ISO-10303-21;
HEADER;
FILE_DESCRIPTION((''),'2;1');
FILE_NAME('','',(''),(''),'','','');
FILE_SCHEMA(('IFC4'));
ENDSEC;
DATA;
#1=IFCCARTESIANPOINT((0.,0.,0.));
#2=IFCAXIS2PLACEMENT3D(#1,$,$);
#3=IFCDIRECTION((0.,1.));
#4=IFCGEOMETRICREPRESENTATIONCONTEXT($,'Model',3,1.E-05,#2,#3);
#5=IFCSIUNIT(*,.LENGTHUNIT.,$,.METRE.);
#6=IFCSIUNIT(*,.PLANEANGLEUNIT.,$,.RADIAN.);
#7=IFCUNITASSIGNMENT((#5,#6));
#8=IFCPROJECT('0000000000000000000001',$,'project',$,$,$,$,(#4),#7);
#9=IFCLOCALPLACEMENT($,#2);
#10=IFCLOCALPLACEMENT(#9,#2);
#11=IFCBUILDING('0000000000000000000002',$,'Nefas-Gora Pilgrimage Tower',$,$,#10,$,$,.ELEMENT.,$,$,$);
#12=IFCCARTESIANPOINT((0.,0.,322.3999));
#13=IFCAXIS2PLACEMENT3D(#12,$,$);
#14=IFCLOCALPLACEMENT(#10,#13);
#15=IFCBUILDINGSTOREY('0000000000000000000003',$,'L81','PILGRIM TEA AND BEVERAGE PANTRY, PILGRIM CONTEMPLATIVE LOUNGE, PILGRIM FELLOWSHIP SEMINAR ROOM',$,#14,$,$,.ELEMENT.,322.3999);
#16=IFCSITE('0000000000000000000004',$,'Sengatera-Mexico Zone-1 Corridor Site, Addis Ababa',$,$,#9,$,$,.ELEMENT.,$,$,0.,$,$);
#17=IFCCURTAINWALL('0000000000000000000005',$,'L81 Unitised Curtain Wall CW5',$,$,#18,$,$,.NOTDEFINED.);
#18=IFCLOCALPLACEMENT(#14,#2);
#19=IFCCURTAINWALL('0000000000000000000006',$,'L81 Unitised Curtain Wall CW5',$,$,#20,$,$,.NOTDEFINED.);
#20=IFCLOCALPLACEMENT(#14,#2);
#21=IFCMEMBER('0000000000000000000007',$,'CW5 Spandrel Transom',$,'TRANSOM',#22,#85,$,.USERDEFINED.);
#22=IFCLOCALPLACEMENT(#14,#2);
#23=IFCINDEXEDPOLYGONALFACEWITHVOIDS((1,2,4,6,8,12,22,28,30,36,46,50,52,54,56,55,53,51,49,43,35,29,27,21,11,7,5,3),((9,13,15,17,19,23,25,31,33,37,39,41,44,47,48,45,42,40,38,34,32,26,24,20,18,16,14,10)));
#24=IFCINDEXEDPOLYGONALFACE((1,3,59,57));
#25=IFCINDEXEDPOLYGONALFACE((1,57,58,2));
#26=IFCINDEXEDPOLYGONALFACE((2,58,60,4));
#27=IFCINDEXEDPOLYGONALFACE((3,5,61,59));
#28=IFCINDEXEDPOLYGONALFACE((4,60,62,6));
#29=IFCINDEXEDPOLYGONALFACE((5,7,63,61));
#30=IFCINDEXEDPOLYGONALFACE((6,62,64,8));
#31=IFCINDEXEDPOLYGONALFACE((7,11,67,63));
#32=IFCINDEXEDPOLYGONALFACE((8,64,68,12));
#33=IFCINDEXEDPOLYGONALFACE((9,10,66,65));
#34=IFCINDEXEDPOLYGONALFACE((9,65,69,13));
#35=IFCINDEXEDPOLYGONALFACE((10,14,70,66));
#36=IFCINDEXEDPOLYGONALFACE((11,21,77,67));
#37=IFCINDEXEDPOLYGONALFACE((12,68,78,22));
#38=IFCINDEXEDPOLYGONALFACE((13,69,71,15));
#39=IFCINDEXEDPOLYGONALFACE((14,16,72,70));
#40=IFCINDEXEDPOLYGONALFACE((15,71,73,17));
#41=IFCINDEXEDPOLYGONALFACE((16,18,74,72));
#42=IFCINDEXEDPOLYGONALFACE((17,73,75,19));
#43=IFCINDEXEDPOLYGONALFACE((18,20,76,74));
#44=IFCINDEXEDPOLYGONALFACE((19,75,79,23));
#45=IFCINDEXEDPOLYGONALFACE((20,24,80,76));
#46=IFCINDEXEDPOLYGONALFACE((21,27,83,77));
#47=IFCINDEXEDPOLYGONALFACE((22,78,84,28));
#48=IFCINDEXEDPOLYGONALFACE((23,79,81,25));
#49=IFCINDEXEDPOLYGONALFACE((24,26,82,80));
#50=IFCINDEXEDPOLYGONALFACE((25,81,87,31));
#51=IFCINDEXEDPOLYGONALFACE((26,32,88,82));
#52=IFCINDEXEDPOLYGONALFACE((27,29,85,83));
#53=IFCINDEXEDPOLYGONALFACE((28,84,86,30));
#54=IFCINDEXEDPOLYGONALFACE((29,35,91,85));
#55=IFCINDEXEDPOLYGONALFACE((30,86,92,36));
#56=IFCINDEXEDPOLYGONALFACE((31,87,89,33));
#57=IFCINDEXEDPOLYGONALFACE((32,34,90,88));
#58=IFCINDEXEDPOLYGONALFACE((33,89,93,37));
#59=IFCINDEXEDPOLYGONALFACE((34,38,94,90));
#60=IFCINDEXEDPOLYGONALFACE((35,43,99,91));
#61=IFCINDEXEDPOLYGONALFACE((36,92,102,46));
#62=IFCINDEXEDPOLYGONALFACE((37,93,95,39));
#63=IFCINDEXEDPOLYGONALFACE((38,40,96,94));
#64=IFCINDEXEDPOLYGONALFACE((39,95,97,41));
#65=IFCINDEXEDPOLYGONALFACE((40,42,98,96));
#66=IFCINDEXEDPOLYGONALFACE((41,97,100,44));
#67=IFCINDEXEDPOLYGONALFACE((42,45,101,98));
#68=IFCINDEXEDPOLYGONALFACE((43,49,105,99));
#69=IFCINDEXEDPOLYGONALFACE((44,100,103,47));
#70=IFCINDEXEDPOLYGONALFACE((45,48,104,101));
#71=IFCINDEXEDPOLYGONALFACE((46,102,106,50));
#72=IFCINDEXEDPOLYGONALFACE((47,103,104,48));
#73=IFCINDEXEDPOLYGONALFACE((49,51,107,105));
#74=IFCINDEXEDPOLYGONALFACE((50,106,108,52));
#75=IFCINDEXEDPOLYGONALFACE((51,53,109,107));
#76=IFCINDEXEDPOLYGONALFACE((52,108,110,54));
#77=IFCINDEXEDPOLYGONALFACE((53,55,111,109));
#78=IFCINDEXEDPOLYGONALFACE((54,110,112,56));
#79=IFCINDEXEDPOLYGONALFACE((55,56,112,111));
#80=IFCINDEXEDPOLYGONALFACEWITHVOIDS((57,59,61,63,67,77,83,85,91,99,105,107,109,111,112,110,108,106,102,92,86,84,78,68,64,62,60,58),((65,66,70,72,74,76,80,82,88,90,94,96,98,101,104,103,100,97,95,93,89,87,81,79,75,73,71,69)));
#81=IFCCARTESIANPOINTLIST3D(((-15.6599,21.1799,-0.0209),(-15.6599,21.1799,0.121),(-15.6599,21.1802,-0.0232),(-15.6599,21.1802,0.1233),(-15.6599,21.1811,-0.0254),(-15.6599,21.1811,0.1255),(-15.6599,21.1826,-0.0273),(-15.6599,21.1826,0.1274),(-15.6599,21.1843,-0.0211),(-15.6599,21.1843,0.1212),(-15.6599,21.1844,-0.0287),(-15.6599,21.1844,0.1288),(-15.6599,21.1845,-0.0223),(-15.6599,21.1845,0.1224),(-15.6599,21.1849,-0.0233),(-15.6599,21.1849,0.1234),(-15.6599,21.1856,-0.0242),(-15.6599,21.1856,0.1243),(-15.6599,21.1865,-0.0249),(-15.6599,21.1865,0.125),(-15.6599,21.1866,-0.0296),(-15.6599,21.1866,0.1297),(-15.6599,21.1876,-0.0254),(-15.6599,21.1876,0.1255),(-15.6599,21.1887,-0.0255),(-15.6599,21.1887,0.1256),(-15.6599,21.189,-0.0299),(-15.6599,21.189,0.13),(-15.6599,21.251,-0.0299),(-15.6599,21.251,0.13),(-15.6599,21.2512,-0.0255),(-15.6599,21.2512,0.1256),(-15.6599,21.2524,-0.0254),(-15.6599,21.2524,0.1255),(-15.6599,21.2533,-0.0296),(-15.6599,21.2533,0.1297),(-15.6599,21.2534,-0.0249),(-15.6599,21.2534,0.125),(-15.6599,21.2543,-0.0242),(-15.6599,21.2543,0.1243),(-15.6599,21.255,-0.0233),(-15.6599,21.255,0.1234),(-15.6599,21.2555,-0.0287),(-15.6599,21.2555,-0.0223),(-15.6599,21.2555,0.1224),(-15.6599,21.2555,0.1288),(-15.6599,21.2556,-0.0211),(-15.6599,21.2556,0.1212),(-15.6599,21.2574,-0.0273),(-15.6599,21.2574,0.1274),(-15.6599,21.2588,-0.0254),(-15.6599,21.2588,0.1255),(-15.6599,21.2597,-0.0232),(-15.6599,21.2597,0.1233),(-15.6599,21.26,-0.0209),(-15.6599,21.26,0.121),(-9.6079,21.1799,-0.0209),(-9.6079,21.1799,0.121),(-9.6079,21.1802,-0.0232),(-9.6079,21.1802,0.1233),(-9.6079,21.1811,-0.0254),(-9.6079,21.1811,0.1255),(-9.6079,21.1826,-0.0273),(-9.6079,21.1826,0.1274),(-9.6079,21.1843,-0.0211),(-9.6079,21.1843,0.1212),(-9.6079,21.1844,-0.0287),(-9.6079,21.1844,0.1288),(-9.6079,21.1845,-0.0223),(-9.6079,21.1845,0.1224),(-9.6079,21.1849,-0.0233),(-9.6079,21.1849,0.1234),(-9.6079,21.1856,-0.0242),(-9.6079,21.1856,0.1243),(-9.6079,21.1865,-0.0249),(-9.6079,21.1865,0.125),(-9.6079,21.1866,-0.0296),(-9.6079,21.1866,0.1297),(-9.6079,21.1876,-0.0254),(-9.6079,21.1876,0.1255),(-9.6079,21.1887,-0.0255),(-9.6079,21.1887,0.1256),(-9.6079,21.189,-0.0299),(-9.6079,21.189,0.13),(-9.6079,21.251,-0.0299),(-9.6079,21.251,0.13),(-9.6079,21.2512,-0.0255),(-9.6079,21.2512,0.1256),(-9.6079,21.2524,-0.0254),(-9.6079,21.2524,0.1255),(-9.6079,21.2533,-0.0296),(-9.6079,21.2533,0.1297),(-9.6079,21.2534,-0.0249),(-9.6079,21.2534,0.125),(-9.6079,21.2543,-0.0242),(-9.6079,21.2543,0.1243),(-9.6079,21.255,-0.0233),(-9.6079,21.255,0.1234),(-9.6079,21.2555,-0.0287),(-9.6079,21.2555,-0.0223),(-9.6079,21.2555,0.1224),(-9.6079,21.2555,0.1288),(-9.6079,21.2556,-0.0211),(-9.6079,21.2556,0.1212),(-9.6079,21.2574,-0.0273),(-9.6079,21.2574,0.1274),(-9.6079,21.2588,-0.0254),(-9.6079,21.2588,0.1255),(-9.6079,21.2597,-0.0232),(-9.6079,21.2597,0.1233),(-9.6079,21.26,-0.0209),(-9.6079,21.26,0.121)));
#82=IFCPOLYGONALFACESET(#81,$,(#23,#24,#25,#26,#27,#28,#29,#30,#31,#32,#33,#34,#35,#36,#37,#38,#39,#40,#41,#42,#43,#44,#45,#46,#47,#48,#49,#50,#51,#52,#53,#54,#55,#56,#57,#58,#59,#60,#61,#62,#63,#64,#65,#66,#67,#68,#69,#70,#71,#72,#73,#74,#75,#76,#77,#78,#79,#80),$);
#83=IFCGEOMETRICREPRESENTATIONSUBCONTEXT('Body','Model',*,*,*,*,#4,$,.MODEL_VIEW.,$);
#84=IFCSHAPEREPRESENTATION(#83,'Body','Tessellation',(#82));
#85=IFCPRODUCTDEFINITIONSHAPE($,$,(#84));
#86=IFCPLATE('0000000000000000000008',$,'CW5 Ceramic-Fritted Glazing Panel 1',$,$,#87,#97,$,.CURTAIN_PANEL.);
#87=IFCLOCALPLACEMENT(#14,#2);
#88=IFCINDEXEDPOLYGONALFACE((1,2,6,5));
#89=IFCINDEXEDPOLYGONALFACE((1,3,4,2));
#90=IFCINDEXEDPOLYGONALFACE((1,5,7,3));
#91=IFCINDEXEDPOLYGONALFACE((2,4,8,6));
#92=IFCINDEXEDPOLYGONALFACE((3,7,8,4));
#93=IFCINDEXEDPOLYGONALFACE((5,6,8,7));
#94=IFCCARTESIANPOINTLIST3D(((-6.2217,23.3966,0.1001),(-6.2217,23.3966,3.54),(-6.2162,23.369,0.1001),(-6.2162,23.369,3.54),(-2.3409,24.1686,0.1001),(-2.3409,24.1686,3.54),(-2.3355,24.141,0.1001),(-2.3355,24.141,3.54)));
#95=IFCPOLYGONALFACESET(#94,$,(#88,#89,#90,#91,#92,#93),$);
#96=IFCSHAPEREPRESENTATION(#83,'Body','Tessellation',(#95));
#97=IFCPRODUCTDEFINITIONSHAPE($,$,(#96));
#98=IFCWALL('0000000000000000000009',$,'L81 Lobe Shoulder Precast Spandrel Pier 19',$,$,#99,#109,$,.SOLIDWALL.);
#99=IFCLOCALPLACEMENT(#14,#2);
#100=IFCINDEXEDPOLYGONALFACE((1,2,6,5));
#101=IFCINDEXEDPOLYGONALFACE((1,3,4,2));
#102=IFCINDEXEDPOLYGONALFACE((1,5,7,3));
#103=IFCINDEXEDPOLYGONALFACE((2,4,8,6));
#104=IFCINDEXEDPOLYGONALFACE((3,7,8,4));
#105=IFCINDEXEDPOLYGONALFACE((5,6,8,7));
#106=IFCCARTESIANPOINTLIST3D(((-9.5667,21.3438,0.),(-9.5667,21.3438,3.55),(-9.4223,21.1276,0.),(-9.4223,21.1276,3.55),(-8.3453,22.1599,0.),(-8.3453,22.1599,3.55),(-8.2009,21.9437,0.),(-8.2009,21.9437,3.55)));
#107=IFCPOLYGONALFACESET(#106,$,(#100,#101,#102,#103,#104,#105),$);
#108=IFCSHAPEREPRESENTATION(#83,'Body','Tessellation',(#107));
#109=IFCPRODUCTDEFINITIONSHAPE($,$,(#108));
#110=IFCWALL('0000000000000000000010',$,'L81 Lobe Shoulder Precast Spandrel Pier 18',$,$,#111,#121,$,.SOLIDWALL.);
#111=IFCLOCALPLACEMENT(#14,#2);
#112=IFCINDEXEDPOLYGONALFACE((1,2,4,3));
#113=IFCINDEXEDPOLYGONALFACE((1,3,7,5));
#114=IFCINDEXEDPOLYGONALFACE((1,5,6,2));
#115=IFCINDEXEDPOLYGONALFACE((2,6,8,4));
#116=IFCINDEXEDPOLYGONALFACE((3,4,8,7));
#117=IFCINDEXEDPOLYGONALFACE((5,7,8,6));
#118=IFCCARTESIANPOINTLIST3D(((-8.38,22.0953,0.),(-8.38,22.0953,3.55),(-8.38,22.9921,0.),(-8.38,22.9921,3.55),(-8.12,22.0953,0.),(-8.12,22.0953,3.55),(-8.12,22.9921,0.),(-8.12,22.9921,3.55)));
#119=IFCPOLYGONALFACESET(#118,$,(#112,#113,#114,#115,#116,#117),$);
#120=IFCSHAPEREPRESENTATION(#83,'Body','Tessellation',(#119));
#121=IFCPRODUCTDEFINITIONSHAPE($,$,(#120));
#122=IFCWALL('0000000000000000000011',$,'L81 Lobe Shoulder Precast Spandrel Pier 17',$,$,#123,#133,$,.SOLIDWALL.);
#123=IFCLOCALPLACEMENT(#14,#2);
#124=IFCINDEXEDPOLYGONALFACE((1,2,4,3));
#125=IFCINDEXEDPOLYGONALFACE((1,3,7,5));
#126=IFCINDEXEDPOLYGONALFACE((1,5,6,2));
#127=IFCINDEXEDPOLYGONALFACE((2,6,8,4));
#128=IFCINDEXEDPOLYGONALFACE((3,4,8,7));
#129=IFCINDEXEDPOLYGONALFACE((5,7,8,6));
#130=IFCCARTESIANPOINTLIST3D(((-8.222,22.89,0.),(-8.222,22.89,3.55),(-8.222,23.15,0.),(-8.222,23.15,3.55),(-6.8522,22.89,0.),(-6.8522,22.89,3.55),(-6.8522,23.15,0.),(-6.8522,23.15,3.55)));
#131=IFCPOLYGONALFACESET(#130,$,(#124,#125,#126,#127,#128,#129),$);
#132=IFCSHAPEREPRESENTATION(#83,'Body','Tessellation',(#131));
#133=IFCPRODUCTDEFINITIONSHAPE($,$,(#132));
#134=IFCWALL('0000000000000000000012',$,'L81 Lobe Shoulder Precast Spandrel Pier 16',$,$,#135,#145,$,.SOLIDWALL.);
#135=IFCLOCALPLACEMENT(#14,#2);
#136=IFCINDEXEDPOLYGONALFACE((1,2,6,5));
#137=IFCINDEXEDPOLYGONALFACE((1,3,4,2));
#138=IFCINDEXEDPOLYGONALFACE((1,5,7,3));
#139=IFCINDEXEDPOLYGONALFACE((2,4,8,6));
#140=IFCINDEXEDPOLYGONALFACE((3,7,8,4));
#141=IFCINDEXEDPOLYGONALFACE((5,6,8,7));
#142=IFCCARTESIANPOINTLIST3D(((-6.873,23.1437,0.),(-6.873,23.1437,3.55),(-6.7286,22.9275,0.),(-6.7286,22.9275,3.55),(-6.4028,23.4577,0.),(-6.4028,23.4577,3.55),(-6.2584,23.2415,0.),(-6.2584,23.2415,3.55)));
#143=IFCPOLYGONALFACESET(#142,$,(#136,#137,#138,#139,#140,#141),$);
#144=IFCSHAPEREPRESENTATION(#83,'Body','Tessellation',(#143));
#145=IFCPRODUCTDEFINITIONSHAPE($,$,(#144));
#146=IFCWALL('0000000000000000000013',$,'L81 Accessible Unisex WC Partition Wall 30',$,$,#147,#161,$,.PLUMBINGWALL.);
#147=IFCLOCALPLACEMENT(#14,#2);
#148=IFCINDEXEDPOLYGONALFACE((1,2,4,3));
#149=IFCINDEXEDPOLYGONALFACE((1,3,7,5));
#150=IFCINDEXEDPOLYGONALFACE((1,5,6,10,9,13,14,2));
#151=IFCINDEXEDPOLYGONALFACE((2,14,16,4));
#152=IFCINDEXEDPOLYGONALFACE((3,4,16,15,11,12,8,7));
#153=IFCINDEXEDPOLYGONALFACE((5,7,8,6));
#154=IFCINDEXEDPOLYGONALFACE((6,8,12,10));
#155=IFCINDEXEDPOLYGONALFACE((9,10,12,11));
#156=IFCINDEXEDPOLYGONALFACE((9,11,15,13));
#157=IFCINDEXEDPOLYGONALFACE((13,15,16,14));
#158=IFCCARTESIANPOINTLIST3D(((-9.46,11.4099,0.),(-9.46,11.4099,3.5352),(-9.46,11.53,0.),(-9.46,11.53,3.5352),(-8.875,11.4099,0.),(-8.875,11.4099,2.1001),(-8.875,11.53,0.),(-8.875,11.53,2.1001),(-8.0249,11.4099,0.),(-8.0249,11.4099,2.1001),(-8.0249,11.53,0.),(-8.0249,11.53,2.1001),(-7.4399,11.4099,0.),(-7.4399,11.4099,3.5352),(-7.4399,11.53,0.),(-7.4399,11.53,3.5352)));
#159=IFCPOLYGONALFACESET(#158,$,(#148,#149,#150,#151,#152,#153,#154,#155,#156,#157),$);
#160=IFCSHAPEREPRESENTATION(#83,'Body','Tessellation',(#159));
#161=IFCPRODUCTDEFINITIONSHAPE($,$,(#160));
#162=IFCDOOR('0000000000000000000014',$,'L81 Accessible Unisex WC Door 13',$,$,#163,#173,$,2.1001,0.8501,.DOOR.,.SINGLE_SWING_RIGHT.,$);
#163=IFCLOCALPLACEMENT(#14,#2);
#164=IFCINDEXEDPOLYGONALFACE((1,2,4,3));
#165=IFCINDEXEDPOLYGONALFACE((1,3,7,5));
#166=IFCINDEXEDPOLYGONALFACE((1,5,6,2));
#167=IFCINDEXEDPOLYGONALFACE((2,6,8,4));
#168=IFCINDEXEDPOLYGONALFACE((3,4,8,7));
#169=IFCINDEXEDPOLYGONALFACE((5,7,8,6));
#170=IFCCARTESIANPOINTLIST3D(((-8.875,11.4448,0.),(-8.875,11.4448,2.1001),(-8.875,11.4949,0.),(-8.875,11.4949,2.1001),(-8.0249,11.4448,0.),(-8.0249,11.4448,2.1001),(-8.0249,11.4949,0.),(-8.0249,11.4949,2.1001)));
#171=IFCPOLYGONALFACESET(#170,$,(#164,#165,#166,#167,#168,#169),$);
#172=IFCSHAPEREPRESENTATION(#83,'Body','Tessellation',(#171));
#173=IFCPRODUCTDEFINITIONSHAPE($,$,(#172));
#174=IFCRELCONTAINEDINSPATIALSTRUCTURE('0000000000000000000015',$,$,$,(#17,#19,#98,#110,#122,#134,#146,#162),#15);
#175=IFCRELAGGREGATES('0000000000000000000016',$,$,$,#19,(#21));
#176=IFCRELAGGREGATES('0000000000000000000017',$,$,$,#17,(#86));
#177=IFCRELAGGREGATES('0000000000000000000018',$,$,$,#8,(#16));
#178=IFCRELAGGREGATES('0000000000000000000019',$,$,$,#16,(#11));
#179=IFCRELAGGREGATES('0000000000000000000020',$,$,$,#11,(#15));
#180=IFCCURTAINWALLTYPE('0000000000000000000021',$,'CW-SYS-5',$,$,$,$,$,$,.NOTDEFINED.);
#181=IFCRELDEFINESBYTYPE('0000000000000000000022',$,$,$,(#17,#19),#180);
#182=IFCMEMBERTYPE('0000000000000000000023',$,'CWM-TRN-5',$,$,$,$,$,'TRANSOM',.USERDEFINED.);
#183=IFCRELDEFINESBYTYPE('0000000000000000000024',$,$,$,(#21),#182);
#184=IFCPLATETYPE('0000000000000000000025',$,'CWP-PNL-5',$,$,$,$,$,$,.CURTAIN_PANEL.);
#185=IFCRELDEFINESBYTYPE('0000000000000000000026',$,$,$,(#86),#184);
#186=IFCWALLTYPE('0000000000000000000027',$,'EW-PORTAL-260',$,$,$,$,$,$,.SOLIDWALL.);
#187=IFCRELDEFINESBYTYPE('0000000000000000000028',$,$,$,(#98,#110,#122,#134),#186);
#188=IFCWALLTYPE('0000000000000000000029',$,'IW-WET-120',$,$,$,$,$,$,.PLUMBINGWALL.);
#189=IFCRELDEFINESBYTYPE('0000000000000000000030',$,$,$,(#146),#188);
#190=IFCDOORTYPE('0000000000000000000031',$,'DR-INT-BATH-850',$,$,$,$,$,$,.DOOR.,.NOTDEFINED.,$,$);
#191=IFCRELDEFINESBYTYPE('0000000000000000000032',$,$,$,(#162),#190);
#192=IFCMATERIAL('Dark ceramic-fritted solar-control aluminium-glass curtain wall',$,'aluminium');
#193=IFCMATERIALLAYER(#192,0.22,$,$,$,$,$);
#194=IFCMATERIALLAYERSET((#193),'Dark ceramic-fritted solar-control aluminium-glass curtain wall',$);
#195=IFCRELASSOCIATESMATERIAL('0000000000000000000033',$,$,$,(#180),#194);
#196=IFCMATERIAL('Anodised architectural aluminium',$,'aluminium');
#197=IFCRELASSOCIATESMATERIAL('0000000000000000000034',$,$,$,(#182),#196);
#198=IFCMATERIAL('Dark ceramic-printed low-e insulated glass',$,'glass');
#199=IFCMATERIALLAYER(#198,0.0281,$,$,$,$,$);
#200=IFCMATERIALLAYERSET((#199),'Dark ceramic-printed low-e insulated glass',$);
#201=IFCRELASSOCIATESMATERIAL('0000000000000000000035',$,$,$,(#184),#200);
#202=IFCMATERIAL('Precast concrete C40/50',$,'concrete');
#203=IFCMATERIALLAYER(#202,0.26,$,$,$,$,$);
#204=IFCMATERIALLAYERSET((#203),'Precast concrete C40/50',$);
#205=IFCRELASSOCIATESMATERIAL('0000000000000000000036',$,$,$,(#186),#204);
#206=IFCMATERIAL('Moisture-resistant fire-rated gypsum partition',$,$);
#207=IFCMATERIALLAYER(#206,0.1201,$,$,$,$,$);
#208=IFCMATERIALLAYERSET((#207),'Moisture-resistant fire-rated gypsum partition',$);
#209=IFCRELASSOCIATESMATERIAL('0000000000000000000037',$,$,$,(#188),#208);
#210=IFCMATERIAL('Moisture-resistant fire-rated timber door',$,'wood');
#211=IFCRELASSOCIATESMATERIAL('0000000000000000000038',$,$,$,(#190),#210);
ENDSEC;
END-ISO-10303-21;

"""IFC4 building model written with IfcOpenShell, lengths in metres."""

from ifc_helpers import new_model, si_unit, direction, frame, frame_2d, origin, origin_2d, place, context, subcontext, project, spatial, rectangle, hollow_rectangle, extrude, source, transform, mapped, material, layer, layer_set, material_profile, profile_set, type_object, element, fill, aggregate, save


model = new_model("IFC4")

# Units and contexts
model_context = context("Model", 3, precision=1e-05, world=origin(), true_north=direction((0.0, 1.0)))
body_context = subcontext(model_context, "Body", "Model", "MODEL_VIEW")
ifc_project = project(units=[si_unit("LENGTHUNIT", "METRE"), si_unit("PLANEANGLEUNIT", "RADIAN")], contexts=[model_context])

# Site, building, storey
site_placement = place(None, origin())
site = spatial("IfcSite", under=ifc_project, at=site_placement, Name="Sengatera-Mexico Zone-1 Corridor Site, Addis Ababa", CompositionType="ELEMENT", RefElevation=0.0)
building_placement = place(site_placement, origin())
building = spatial("IfcBuilding", under=site, at=building_placement, Name="Nefas-Gora Pilgrimage Tower", CompositionType="ELEMENT")
storey_placement = place(building_placement, frame((0.0, 0.0, 322.3999)))
storey = spatial("IfcBuildingStorey", under=building, at=storey_placement, Name="L81", Description="PILGRIM TEA AND BEVERAGE PANTRY, PILGRIM CONTEMPLATIVE LOUNGE, PILGRIM FELLOWSHIP SEMINAR ROOM", CompositionType="ELEMENT", Elevation=322.3999)

# Curtain wall
ifc_material_1 = material(Name="Dark ceramic-fritted solar-control aluminium-glass curtain wall", Category="aluminium")
ifc_layer_1 = layer(ifc_material_1, 0.22)
ifc_layer_set_1 = layer_set([ifc_layer_1], Name="Dark ceramic-fritted solar-control aluminium-glass curtain wall")
curtain_wall_type = type_object("IfcCurtainWallType", Name="CW-SYS-5", PredefinedType="NOTDEFINED", material=ifc_layer_set_1)
curtain_wall_1_placement = place(storey_placement, origin())
curtain_wall_1 = element("IfcCurtainWall", 1, at=curtain_wall_1_placement, inside=storey, type_object=curtain_wall_type, Name="L81 Unitised Curtain Wall CW5", PredefinedType="NOTDEFINED")
ifc_material_2 = material(Name="Anodised architectural aluminium", Category="aluminium")

# Curtain wall, member
curtain_wall_2_placement = place(storey_placement, origin())
curtain_wall_2 = element("IfcCurtainWall", 2, at=curtain_wall_2_placement, inside=storey, type_object=curtain_wall_type, Name="L81 Unitised Curtain Wall CW5", PredefinedType="NOTDEFINED")
ifc_material_profile_1 = material_profile(ifc_material_2, hollow_rectangle(XDim=0.0801, YDim=0.1599, WallThickness=0.0044, InnerFilletRadius=0.0044, OuterFilletRadius=0.009, at=origin_2d()), Name="ALU TRANSOM 80x160")
ifc_profile_set_1 = profile_set([ifc_material_profile_1], Name="Anodised architectural aluminium")
member_type_1 = type_object("IfcMemberType", Name="CWM-TRN-5", ElementType="TRANSOM", PredefinedType="USERDEFINED", material=ifc_profile_set_1)
shared_shape_1 = source(origin(), body_context, "Body", "SweptSolid", [
    extrude(hollow_rectangle(XDim=0.0801, YDim=0.1599, WallThickness=0.0044, InnerFilletRadius=0.0044, OuterFilletRadius=0.009, at=origin_2d()), origin(), (0.0, 0.0, 1.0), 6.052),
])
member_1_placement = place(storey_placement, frame((-9.6079, 21.22, 0.05), z_axis=(-1.0, 0.0, 0.0), x_axis=(0.0, -1.0, 0.0)))
member_1 = element("IfcMember", 3, at=member_1_placement, type_object=member_type_1, Name="CW5 Spandrel Transom", ObjectType="TRANSOM", PredefinedType="USERDEFINED", context=body_context, shape_type="MappedRepresentation", body=[
    mapped(shared_shape_1, transform((0.0, 0.0, 0.0), x_axis=(1.0, 0.0, 0.0), y_axis=(0.0, 1.0, 0.0), z_axis=(0.0, 0.0, 1.0), scale=1.0)),
])
aggregate(curtain_wall_2, [member_1])

# Plate
ifc_material_3 = material(Name="Dark ceramic-printed low-e insulated glass", Category="glass")
ifc_layer_2 = layer(ifc_material_3, 0.0281)
ifc_layer_set_2 = layer_set([ifc_layer_2], Name="Dark ceramic-printed low-e insulated glass")
plate_type = type_object("IfcPlateType", Name="CWP-PNL-5", PredefinedType="CURTAIN_PANEL", material=ifc_layer_set_2)
shared_shape_2 = source(origin(), body_context, "Body", "SweptSolid", [
    extrude(rectangle(XDim=3.9568, YDim=0.0281, at=origin_2d()), origin(), (0.0, 0.0, 1.0), 3.4399),
])
plate_placement = place(storey_placement, frame((-4.2786, 23.7688, 0.1001), z_axis=(0.0, 0.0, 1.0), x_axis=(-0.980783, -0.195102, 0.0)))
plate = element("IfcPlate", 4, at=plate_placement, type_object=plate_type, Name="CW5 Ceramic-Fritted Glazing Panel 1", PredefinedType="CURTAIN_PANEL", context=body_context, shape_type="MappedRepresentation", body=[
    mapped(shared_shape_2, transform((0.0, 0.0, 0.0), x_axis=(1.0, 0.0, 0.0), y_axis=(0.0, 1.0, 0.0), z_axis=(0.0, 0.0, 1.0), scale=1.0)),
])
aggregate(curtain_wall_1, [plate])

# Walls
ifc_material_4 = material(Name="Precast concrete C40/50", Category="concrete")
ifc_layer_3 = layer(ifc_material_4, 0.26)
ifc_layer_set_3 = layer_set([ifc_layer_3], Name="Precast concrete C40/50")
wall_type_1 = type_object("IfcWallType", Name="EW-PORTAL-260", PredefinedType="SOLIDWALL", material=ifc_layer_set_3)
shared_shape_3 = source(origin(), body_context, "Body", "SweptSolid", [
    extrude(rectangle(XDim=1.469, YDim=0.26, at=frame_2d((0.7344, 0.0))), origin(), (0.0, 0.0, 1.0), 3.55),
])
wall_1_placement = place(storey_placement, frame((-8.2732, 22.0518, 0.0), z_axis=(0.0, 0.0, 1.0), x_axis=(-0.831462, -0.555582, 0.0)))
element("IfcWall", 5, at=wall_1_placement, inside=storey, type_object=wall_type_1, Name="L81 Lobe Shoulder Precast Spandrel Pier 19", PredefinedType="SOLIDWALL", context=body_context, shape_type="MappedRepresentation", body=[
    mapped(shared_shape_3, transform((0.0, 0.0, 0.0), x_axis=(1.0, 0.0, 0.0), y_axis=(0.0, 1.0, 0.0), z_axis=(0.0, 0.0, 1.0), scale=1.0)),
])
shared_shape_4 = source(origin(), body_context, "Body", "SweptSolid", [
    extrude(rectangle(XDim=0.8967, YDim=0.26, at=frame_2d((0.4482, 0.0))), origin(), (0.0, 0.0, 1.0), 3.55),
])
wall_2_placement = place(storey_placement, frame((-8.25, 22.9919, 0.0), z_axis=(0.0, 0.0, 1.0), x_axis=(0.0, -1.0, 0.0)))
element("IfcWall", 6, at=wall_2_placement, inside=storey, type_object=wall_type_1, Name="L81 Lobe Shoulder Precast Spandrel Pier 18", PredefinedType="SOLIDWALL", context=body_context, shape_type="MappedRepresentation", body=[
    mapped(shared_shape_4, transform((0.0, 0.0, 0.0), x_axis=(1.0, 0.0, 0.0), y_axis=(0.0, 1.0, 0.0), z_axis=(0.0, 0.0, 1.0), scale=1.0)),
])
shared_shape_5 = source(origin(), body_context, "Body", "SweptSolid", [
    extrude(rectangle(XDim=1.3699, YDim=0.26, at=frame_2d((0.6851, 0.0))), origin(), (0.0, 0.0, 1.0), 3.55),
])
wall_3_placement = place(storey_placement, frame((-6.8521, 23.02, 0.0), z_axis=(0.0, 0.0, 1.0), x_axis=(-1.0, 0.0, 0.0)))
element("IfcWall", 7, at=wall_3_placement, inside=storey, type_object=wall_type_1, Name="L81 Lobe Shoulder Precast Spandrel Pier 17", PredefinedType="SOLIDWALL", context=body_context, shape_type="MappedRepresentation", body=[
    mapped(shared_shape_5, transform((0.0, 0.0, 0.0), x_axis=(1.0, 0.0, 0.0), y_axis=(0.0, 1.0, 0.0), z_axis=(0.0, 0.0, 1.0), scale=1.0)),
])
shared_shape_6 = source(origin(), body_context, "Body", "SweptSolid", [
    extrude(rectangle(XDim=0.5654, YDim=0.26, at=frame_2d((0.2827, 0.0))), origin(), (0.0, 0.0, 1.0), 3.55),
])
wall_4_placement = place(storey_placement, frame((-6.3306, 23.3496, 0.0), z_axis=(0.0, 0.0, 1.0), x_axis=(-0.831651, -0.555298, 0.0)))
element("IfcWall", 8, at=wall_4_placement, inside=storey, type_object=wall_type_1, Name="L81 Lobe Shoulder Precast Spandrel Pier 16", PredefinedType="SOLIDWALL", context=body_context, shape_type="MappedRepresentation", body=[
    mapped(shared_shape_6, transform((0.0, 0.0, 0.0), x_axis=(1.0, 0.0, 0.0), y_axis=(0.0, 1.0, 0.0), z_axis=(0.0, 0.0, 1.0), scale=1.0)),
])

# Wall, opening, door
ifc_material_5 = material(Name="Moisture-resistant fire-rated gypsum partition")
ifc_layer_4 = layer(ifc_material_5, 0.1201)
ifc_layer_set_4 = layer_set([ifc_layer_4], Name="Moisture-resistant fire-rated gypsum partition")
wall_type_2 = type_object("IfcWallType", Name="IW-WET-120", PredefinedType="PLUMBINGWALL", material=ifc_layer_set_4)
shared_shape_7 = source(origin(), body_context, "Body", "SweptSolid", [
    extrude(rectangle(XDim=2.02, YDim=0.1201, at=frame_2d((1.01, 0.0))), origin(), (0.0, 0.0, 1.0), 3.5352),
])
wall_5_placement = place(storey_placement, frame((-9.46, 11.47, 0.0), z_axis=(0.0, 0.0, 1.0), x_axis=(1.0, 0.0, 0.0)))
wall_5 = element("IfcWall", 9, at=wall_5_placement, inside=storey, type_object=wall_type_2, Name="L81 Accessible Unisex WC Partition Wall 30", PredefinedType="PLUMBINGWALL", context=body_context, shape_type="MappedRepresentation", body=[
    mapped(shared_shape_7, transform((0.0, 0.0, 0.0), x_axis=(1.0, 0.0, 0.0), y_axis=(0.0, 1.0, 0.0), z_axis=(0.0, 0.0, 1.0), scale=1.0)),
])
opening_1_placement = place(wall_5_placement, frame((0.585, 0.0, 0.0)))
opening_1 = element("IfcOpeningElement", 10, at=opening_1_placement, cuts=wall_5, PredefinedType="OPENING", context=body_context, shape_type="SweptSolid", body=[
    extrude(rectangle(XDim=0.8501, YDim=2.1001, at=frame_2d((0.425, 1.05))), frame((0.0, 0.0701, 0.0), z_axis=(0.0, -1.0, 0.0), x_axis=(1.0, 0.0, 0.0)), (0.0, 0.0, 1.0), 0.1401),
])
ifc_material_6 = material(Name="Moisture-resistant fire-rated timber door", Category="wood")
door_type_1 = type_object("IfcDoorType", Name="DR-INT-BATH-850", OperationType="NOTDEFINED", PredefinedType="DOOR", material=ifc_material_6)
shared_shape_8 = source(origin(), body_context, "Body", "SweptSolid", [
    extrude(rectangle(XDim=0.8501, YDim=2.1001, at=frame_2d((0.425, 1.05))), frame((0.0, 0.0249, 0.0), z_axis=(0.0, -1.0, 0.0), x_axis=(1.0, 0.0, 0.0)), (0.0, 0.0, 1.0), 0.05),
])
door_1_placement = place(opening_1_placement, origin())
door_1 = element("IfcDoor", 11, at=door_1_placement, inside=storey, type_object=door_type_1, Name="L81 Accessible Unisex WC Door 13", OperationType="SINGLE_SWING_RIGHT", OverallHeight=2.1001, OverallWidth=0.8501, PredefinedType="DOOR", context=body_context, shape_type="MappedRepresentation", body=[
    mapped(shared_shape_8, transform((0.0, 0.0, 0.0), x_axis=(1.0, 0.0, 0.0), y_axis=(0.0, 1.0, 0.0), z_axis=(0.0, 0.0, 1.0), scale=1.0)),
])
fill(opening_1, door_1)

save(model, "model.ifc")
